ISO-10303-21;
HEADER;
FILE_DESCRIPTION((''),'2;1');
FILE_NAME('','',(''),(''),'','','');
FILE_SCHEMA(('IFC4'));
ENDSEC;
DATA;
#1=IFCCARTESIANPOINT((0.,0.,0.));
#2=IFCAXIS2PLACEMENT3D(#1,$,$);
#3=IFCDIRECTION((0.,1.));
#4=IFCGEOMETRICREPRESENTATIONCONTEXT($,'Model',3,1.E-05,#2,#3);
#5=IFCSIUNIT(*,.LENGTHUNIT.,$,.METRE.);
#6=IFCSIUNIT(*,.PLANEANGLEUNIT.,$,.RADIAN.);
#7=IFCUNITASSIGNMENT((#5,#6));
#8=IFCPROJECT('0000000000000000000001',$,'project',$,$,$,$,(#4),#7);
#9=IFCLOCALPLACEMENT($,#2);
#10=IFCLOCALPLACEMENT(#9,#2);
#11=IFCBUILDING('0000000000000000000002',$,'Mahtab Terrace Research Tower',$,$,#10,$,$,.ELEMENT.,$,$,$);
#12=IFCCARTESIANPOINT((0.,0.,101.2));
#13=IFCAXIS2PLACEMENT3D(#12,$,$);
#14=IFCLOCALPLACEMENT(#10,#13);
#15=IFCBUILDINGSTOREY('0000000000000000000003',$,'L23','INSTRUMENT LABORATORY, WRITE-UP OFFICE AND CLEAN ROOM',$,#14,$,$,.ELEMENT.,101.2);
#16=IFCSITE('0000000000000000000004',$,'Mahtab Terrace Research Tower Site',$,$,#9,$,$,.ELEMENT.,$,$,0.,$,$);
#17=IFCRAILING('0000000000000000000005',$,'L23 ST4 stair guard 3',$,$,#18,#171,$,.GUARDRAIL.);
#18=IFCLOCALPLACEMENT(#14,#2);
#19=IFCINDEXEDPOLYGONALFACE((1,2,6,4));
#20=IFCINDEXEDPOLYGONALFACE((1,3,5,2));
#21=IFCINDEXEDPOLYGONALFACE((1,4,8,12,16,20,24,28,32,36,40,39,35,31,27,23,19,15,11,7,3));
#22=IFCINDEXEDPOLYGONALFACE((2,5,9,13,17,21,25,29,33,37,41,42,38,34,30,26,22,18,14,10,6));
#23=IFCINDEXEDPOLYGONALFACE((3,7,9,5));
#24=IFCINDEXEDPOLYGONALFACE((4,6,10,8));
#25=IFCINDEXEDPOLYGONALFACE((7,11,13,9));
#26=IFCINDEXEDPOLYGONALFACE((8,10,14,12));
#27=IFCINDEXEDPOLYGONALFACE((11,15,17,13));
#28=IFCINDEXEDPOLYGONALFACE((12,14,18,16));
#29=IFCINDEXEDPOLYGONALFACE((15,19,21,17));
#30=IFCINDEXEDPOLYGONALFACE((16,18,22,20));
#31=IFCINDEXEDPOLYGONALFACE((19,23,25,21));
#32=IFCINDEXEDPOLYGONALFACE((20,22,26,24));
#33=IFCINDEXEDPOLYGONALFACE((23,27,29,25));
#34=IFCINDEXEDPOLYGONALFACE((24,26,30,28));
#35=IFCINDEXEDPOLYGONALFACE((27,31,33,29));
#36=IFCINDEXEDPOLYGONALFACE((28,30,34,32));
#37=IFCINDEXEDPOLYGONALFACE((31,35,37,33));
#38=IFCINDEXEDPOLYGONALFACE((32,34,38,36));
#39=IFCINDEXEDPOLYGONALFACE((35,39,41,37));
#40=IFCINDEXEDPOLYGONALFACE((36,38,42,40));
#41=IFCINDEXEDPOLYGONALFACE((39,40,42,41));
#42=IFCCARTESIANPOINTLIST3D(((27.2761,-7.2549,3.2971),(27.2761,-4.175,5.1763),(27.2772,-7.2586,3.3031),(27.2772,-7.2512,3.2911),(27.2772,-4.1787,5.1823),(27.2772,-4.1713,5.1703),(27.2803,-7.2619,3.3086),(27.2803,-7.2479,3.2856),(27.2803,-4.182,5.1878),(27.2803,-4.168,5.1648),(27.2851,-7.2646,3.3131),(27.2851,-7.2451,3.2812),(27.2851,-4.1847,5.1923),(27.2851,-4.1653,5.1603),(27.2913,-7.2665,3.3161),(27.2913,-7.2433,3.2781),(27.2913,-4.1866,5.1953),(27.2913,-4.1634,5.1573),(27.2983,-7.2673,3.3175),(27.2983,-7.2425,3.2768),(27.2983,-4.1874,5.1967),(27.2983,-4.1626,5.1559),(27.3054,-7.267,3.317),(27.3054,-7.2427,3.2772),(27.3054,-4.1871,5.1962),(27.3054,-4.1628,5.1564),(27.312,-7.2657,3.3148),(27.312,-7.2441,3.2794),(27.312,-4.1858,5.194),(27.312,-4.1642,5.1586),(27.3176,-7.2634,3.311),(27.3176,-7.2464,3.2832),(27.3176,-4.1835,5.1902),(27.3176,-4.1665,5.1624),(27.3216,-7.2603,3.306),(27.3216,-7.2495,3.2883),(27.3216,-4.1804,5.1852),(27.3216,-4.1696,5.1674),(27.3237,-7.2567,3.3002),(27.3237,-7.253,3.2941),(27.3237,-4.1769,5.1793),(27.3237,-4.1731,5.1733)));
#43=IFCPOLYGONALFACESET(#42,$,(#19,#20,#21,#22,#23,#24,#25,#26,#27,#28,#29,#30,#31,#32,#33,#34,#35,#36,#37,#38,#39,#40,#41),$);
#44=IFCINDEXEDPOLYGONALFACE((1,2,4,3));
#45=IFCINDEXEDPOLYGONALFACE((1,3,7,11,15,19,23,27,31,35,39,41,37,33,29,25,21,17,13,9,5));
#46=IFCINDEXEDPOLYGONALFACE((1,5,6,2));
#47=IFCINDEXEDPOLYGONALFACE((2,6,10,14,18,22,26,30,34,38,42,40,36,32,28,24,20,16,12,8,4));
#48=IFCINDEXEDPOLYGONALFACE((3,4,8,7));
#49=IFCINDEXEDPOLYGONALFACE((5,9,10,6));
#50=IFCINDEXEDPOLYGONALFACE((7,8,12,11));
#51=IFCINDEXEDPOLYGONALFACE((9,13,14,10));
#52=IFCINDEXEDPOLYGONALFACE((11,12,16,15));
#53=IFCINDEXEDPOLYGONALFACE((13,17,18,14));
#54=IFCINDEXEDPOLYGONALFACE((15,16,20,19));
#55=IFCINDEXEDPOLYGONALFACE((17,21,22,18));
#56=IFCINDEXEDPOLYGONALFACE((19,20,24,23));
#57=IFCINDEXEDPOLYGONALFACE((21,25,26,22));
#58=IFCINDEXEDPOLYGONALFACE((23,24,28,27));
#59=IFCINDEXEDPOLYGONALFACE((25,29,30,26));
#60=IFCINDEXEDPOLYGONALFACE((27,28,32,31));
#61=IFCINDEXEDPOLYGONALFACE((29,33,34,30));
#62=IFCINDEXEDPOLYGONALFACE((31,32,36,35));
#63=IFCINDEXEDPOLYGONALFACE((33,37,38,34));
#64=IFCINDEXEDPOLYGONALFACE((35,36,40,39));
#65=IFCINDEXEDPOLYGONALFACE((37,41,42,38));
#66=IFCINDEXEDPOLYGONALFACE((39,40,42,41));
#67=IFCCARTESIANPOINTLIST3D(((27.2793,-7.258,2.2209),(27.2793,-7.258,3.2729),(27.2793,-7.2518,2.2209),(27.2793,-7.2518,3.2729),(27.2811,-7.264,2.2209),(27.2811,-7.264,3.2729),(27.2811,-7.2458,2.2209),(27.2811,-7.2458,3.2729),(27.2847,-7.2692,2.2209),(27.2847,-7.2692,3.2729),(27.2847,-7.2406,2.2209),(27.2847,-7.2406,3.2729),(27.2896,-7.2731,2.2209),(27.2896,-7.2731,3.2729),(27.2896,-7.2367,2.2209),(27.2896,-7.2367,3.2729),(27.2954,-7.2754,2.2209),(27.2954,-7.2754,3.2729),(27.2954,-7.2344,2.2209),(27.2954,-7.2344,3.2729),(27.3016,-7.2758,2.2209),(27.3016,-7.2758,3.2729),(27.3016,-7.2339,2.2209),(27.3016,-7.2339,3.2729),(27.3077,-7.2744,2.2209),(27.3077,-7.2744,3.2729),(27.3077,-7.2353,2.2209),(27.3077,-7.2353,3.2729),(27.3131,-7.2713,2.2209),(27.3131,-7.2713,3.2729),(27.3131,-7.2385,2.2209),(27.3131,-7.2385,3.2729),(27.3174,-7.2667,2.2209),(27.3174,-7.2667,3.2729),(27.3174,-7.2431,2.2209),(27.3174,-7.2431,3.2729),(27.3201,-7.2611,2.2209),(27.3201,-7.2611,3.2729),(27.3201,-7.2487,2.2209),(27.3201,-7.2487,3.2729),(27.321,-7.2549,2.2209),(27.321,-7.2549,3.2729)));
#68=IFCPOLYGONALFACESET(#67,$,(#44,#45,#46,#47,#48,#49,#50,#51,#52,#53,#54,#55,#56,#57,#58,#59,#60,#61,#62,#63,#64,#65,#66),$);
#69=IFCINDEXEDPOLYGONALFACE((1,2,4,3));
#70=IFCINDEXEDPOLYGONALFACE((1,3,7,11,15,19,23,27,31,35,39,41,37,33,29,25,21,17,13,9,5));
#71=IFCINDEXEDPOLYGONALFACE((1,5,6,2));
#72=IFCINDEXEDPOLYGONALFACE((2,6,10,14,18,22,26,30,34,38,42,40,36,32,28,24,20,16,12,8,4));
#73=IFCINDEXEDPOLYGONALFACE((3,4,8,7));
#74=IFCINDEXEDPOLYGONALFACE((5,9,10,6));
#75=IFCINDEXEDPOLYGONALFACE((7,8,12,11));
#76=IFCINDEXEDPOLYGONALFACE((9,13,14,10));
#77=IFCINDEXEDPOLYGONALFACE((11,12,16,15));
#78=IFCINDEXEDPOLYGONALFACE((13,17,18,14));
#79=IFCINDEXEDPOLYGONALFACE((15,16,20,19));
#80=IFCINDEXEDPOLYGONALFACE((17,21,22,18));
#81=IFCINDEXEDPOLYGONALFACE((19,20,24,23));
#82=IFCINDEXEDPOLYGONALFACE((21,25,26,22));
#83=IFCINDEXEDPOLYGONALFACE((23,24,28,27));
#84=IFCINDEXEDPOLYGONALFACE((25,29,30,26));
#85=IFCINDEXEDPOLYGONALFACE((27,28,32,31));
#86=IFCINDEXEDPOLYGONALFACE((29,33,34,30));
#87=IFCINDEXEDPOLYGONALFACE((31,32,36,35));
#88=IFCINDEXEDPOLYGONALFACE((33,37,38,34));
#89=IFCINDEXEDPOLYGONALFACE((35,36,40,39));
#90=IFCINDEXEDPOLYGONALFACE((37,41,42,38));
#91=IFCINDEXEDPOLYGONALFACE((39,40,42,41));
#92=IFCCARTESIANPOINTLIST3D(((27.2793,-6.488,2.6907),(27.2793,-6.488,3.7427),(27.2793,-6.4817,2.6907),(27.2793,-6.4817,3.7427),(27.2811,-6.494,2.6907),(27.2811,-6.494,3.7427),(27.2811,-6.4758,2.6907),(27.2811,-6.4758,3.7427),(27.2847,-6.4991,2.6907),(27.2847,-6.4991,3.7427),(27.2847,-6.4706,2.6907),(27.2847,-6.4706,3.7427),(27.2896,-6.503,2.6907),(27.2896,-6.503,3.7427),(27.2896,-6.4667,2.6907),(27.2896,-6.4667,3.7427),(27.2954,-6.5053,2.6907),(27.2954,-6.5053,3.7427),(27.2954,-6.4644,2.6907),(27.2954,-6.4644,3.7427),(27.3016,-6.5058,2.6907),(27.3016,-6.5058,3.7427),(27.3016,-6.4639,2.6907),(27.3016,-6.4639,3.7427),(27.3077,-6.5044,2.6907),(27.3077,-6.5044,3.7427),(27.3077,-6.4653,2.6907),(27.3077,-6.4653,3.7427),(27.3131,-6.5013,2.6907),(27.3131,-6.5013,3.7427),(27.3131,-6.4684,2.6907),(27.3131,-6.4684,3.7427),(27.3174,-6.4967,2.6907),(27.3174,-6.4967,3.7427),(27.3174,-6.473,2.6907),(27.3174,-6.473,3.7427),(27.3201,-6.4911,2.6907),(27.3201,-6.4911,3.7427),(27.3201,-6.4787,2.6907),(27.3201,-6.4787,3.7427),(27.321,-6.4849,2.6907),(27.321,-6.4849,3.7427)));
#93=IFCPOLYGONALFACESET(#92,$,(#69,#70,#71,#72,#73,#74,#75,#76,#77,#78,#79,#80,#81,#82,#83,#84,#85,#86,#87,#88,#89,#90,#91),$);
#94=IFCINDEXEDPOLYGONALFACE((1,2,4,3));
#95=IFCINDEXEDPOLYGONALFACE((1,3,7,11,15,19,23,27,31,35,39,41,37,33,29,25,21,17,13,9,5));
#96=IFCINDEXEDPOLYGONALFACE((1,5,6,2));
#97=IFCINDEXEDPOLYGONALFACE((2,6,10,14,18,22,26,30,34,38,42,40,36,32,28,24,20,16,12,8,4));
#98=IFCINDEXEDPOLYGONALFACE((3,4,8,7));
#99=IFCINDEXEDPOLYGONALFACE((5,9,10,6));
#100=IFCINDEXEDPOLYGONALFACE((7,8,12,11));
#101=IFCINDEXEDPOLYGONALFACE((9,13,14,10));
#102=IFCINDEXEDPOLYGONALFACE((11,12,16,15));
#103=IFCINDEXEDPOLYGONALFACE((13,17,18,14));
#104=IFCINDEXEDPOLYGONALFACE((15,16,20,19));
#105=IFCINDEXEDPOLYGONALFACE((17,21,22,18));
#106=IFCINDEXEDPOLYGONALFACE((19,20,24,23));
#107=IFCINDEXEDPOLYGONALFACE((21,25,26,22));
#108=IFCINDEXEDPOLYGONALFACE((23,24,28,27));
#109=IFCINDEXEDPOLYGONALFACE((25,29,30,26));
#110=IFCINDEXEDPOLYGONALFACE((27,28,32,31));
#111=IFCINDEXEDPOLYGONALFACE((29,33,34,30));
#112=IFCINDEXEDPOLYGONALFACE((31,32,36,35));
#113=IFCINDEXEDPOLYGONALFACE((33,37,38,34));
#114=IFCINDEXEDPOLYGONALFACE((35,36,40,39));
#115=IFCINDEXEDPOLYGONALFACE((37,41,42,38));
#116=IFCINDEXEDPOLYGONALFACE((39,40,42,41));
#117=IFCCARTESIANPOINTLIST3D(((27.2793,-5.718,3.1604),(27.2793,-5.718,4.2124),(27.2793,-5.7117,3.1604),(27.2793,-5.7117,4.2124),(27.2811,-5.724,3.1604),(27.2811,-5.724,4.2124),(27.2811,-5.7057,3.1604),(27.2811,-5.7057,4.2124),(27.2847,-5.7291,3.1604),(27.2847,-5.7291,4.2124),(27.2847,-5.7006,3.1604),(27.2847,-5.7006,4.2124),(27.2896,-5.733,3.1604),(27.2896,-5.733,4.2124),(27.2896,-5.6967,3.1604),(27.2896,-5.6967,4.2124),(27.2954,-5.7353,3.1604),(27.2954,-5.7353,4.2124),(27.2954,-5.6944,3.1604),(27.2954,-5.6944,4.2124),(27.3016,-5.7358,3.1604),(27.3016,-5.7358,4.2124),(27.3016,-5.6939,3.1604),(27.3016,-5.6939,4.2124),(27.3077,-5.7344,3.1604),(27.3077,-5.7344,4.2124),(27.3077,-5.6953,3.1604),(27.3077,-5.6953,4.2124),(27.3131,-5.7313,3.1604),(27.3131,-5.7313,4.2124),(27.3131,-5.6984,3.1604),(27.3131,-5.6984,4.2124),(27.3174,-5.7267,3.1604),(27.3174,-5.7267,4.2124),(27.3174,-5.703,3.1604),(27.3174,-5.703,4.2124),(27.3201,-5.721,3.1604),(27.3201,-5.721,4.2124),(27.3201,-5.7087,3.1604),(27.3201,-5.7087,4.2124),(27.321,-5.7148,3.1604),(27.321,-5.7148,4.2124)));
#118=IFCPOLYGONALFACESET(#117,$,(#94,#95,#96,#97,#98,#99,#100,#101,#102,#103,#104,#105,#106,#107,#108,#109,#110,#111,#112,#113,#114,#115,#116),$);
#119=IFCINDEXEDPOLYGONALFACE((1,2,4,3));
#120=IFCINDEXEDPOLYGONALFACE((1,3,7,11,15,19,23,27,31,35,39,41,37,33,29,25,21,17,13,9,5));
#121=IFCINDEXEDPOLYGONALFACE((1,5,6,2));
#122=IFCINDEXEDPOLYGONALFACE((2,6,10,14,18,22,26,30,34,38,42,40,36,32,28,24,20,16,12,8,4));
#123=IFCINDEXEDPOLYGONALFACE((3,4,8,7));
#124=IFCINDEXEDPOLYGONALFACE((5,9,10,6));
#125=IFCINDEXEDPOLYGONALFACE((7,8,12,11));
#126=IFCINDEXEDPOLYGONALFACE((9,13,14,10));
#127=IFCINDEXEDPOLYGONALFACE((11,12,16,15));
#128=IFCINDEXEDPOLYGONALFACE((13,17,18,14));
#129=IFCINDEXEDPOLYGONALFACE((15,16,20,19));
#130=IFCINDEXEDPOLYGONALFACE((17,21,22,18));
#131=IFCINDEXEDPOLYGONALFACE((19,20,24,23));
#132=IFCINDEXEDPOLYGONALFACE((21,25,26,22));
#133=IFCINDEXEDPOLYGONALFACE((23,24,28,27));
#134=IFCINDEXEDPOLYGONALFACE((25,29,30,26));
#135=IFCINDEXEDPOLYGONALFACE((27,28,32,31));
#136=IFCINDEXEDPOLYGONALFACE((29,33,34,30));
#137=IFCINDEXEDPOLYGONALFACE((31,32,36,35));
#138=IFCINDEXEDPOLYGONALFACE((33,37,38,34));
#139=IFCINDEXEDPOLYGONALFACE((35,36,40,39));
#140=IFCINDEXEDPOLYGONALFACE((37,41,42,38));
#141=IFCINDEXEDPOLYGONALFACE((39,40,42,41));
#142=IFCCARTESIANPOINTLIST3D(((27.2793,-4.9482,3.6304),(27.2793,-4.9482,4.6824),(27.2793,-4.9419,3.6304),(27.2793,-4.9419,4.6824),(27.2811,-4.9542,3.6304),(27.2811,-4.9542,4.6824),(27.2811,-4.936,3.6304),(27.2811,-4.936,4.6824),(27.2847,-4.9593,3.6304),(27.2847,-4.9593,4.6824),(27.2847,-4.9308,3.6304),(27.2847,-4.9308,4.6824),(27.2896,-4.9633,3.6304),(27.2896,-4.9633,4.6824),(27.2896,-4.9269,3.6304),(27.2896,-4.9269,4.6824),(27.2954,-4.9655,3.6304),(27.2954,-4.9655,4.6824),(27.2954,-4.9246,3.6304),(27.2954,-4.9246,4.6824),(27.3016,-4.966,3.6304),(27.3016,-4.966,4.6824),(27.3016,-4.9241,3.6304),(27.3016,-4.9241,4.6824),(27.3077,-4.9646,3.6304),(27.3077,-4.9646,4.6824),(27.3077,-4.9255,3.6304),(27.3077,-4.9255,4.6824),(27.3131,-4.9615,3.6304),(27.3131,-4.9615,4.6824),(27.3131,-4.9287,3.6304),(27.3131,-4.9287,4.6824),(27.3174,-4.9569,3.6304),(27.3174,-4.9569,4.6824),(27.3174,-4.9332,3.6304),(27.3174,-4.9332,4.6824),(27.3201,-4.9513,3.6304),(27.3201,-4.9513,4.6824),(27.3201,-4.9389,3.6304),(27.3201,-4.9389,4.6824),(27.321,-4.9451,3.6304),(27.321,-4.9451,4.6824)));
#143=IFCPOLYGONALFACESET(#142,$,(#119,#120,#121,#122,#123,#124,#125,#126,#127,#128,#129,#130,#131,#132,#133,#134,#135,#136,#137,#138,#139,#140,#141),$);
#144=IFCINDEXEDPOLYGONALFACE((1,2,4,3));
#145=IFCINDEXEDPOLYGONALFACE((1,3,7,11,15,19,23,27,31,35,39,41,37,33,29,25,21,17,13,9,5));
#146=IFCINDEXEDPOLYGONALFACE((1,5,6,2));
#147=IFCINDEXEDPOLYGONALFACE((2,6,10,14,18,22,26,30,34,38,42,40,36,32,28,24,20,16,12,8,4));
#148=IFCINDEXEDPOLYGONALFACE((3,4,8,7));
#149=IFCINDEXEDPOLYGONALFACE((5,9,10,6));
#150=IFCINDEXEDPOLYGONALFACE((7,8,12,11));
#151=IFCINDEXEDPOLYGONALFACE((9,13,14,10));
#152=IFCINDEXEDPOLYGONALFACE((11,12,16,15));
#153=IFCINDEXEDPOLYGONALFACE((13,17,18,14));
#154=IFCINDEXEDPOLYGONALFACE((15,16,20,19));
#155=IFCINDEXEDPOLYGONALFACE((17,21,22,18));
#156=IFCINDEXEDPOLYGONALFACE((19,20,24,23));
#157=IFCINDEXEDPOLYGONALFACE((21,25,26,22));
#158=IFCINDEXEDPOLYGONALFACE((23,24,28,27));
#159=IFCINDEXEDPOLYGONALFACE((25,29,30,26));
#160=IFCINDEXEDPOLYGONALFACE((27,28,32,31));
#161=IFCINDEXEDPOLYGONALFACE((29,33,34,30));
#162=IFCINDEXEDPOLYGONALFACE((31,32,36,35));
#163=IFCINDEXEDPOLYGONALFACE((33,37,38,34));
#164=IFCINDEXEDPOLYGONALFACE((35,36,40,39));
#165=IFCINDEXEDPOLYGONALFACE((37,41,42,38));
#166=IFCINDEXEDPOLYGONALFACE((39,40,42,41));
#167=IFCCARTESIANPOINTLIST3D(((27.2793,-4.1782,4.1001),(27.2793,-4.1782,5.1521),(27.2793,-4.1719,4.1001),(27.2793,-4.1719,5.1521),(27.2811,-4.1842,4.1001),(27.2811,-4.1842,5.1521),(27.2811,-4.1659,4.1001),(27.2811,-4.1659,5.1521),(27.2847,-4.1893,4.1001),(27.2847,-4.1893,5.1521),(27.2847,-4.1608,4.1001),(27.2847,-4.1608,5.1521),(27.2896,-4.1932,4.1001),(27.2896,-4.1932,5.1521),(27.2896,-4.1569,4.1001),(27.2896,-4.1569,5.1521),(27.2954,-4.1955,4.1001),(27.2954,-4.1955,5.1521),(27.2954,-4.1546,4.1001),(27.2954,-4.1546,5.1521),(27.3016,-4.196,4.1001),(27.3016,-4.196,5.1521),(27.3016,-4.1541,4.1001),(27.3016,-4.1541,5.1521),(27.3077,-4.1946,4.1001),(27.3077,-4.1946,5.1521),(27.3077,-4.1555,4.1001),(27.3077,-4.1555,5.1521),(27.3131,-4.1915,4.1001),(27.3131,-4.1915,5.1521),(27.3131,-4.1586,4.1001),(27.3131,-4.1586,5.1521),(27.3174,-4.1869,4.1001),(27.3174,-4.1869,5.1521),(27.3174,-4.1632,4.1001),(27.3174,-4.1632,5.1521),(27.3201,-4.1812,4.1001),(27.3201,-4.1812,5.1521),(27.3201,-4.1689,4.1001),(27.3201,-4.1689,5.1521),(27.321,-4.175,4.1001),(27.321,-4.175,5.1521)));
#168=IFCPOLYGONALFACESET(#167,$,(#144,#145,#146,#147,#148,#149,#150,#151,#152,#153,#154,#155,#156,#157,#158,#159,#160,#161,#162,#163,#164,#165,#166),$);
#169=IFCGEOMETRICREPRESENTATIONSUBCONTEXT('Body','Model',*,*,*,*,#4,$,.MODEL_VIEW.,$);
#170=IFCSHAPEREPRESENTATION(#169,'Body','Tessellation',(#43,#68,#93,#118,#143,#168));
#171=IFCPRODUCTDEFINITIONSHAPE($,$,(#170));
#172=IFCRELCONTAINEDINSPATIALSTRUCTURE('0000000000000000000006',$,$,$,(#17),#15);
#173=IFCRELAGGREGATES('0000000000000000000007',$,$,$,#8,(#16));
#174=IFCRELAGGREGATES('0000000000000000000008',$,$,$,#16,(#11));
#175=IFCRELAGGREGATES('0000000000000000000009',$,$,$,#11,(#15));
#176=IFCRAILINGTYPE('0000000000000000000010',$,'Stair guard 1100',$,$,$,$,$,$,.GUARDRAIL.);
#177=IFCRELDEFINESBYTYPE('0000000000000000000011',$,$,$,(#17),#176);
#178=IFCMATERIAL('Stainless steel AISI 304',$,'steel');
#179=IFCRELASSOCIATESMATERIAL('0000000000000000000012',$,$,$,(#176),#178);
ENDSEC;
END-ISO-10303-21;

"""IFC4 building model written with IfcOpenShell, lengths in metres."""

from ifc_helpers import new_model, si_unit, direction, frame, origin, origin_2d, place, context, subcontext, project, spatial, circle, extrude, material, type_object, element, save


model = new_model("IFC4")

# Units and contexts
model_context = context("Model", 3, precision=1e-05, world=origin(), true_north=direction((0.0, 1.0)))
body_context = subcontext(model_context, "Body", "Model", "MODEL_VIEW")
ifc_project = project(units=[si_unit("LENGTHUNIT", "METRE"), si_unit("PLANEANGLEUNIT", "RADIAN")], contexts=[model_context])

# Site, building, storey
site_placement = place(None, origin())
site = spatial("IfcSite", under=ifc_project, at=site_placement, Name="Mahtab Terrace Research Tower Site", CompositionType="ELEMENT", RefElevation=0.0)
building_placement = place(site_placement, origin())
building = spatial("IfcBuilding", under=site, at=building_placement, Name="Mahtab Terrace Research Tower", CompositionType="ELEMENT")
storey_placement = place(building_placement, frame((0.0, 0.0, 101.2)))
storey = spatial("IfcBuildingStorey", under=building, at=storey_placement, Name="L23", Description="INSTRUMENT LABORATORY, WRITE-UP OFFICE AND CLEAN ROOM", CompositionType="ELEMENT", Elevation=101.2)

# Railing
ifc_material_1 = material(Name="Stainless steel AISI 304", Category="steel")
railing_type_1 = type_object("IfcRailingType", Name="Stair guard 1100", PredefinedType="GUARDRAIL", material=ifc_material_1)
railing_1_placement = place(storey_placement, frame((27.3, -7.2549, 2.2209)))
element("IfcRailing", 1, at=railing_1_placement, inside=storey, type_object=railing_type_1, Name="L23 ST4 stair guard 3", PredefinedType="GUARDRAIL", context=body_context, shape_type="SweptSolid", body=[
    extrude(circle(Radius=0.0239, at=origin_2d()), frame((0.0, 0.0, 1.0762), z_axis=(0.0, 0.853648, 0.52085), x_axis=(-1.0, 0.0, 0.0)), (0.0, 0.0, 1.0), 3.6079),
    extrude(circle(Radius=0.021, at=origin_2d()), origin(), (0.0, 0.0, 1.0), 1.052),
    extrude(circle(Radius=0.021, at=origin_2d()), frame((0.0, 0.77, 0.4697)), (0.0, 0.0, 1.0), 1.052),
    extrude(circle(Radius=0.021, at=origin_2d()), frame((0.0, 1.54, 0.9395)), (0.0, 0.0, 1.0), 1.052),
    extrude(circle(Radius=0.021, at=origin_2d()), frame((0.0, 2.3098, 1.4094)), (0.0, 0.0, 1.0), 1.052),
    extrude(circle(Radius=0.021, at=origin_2d()), frame((0.0, 3.0798, 1.8792)), (0.0, 0.0, 1.0), 1.052),
])

save(model, "model.ifc")
